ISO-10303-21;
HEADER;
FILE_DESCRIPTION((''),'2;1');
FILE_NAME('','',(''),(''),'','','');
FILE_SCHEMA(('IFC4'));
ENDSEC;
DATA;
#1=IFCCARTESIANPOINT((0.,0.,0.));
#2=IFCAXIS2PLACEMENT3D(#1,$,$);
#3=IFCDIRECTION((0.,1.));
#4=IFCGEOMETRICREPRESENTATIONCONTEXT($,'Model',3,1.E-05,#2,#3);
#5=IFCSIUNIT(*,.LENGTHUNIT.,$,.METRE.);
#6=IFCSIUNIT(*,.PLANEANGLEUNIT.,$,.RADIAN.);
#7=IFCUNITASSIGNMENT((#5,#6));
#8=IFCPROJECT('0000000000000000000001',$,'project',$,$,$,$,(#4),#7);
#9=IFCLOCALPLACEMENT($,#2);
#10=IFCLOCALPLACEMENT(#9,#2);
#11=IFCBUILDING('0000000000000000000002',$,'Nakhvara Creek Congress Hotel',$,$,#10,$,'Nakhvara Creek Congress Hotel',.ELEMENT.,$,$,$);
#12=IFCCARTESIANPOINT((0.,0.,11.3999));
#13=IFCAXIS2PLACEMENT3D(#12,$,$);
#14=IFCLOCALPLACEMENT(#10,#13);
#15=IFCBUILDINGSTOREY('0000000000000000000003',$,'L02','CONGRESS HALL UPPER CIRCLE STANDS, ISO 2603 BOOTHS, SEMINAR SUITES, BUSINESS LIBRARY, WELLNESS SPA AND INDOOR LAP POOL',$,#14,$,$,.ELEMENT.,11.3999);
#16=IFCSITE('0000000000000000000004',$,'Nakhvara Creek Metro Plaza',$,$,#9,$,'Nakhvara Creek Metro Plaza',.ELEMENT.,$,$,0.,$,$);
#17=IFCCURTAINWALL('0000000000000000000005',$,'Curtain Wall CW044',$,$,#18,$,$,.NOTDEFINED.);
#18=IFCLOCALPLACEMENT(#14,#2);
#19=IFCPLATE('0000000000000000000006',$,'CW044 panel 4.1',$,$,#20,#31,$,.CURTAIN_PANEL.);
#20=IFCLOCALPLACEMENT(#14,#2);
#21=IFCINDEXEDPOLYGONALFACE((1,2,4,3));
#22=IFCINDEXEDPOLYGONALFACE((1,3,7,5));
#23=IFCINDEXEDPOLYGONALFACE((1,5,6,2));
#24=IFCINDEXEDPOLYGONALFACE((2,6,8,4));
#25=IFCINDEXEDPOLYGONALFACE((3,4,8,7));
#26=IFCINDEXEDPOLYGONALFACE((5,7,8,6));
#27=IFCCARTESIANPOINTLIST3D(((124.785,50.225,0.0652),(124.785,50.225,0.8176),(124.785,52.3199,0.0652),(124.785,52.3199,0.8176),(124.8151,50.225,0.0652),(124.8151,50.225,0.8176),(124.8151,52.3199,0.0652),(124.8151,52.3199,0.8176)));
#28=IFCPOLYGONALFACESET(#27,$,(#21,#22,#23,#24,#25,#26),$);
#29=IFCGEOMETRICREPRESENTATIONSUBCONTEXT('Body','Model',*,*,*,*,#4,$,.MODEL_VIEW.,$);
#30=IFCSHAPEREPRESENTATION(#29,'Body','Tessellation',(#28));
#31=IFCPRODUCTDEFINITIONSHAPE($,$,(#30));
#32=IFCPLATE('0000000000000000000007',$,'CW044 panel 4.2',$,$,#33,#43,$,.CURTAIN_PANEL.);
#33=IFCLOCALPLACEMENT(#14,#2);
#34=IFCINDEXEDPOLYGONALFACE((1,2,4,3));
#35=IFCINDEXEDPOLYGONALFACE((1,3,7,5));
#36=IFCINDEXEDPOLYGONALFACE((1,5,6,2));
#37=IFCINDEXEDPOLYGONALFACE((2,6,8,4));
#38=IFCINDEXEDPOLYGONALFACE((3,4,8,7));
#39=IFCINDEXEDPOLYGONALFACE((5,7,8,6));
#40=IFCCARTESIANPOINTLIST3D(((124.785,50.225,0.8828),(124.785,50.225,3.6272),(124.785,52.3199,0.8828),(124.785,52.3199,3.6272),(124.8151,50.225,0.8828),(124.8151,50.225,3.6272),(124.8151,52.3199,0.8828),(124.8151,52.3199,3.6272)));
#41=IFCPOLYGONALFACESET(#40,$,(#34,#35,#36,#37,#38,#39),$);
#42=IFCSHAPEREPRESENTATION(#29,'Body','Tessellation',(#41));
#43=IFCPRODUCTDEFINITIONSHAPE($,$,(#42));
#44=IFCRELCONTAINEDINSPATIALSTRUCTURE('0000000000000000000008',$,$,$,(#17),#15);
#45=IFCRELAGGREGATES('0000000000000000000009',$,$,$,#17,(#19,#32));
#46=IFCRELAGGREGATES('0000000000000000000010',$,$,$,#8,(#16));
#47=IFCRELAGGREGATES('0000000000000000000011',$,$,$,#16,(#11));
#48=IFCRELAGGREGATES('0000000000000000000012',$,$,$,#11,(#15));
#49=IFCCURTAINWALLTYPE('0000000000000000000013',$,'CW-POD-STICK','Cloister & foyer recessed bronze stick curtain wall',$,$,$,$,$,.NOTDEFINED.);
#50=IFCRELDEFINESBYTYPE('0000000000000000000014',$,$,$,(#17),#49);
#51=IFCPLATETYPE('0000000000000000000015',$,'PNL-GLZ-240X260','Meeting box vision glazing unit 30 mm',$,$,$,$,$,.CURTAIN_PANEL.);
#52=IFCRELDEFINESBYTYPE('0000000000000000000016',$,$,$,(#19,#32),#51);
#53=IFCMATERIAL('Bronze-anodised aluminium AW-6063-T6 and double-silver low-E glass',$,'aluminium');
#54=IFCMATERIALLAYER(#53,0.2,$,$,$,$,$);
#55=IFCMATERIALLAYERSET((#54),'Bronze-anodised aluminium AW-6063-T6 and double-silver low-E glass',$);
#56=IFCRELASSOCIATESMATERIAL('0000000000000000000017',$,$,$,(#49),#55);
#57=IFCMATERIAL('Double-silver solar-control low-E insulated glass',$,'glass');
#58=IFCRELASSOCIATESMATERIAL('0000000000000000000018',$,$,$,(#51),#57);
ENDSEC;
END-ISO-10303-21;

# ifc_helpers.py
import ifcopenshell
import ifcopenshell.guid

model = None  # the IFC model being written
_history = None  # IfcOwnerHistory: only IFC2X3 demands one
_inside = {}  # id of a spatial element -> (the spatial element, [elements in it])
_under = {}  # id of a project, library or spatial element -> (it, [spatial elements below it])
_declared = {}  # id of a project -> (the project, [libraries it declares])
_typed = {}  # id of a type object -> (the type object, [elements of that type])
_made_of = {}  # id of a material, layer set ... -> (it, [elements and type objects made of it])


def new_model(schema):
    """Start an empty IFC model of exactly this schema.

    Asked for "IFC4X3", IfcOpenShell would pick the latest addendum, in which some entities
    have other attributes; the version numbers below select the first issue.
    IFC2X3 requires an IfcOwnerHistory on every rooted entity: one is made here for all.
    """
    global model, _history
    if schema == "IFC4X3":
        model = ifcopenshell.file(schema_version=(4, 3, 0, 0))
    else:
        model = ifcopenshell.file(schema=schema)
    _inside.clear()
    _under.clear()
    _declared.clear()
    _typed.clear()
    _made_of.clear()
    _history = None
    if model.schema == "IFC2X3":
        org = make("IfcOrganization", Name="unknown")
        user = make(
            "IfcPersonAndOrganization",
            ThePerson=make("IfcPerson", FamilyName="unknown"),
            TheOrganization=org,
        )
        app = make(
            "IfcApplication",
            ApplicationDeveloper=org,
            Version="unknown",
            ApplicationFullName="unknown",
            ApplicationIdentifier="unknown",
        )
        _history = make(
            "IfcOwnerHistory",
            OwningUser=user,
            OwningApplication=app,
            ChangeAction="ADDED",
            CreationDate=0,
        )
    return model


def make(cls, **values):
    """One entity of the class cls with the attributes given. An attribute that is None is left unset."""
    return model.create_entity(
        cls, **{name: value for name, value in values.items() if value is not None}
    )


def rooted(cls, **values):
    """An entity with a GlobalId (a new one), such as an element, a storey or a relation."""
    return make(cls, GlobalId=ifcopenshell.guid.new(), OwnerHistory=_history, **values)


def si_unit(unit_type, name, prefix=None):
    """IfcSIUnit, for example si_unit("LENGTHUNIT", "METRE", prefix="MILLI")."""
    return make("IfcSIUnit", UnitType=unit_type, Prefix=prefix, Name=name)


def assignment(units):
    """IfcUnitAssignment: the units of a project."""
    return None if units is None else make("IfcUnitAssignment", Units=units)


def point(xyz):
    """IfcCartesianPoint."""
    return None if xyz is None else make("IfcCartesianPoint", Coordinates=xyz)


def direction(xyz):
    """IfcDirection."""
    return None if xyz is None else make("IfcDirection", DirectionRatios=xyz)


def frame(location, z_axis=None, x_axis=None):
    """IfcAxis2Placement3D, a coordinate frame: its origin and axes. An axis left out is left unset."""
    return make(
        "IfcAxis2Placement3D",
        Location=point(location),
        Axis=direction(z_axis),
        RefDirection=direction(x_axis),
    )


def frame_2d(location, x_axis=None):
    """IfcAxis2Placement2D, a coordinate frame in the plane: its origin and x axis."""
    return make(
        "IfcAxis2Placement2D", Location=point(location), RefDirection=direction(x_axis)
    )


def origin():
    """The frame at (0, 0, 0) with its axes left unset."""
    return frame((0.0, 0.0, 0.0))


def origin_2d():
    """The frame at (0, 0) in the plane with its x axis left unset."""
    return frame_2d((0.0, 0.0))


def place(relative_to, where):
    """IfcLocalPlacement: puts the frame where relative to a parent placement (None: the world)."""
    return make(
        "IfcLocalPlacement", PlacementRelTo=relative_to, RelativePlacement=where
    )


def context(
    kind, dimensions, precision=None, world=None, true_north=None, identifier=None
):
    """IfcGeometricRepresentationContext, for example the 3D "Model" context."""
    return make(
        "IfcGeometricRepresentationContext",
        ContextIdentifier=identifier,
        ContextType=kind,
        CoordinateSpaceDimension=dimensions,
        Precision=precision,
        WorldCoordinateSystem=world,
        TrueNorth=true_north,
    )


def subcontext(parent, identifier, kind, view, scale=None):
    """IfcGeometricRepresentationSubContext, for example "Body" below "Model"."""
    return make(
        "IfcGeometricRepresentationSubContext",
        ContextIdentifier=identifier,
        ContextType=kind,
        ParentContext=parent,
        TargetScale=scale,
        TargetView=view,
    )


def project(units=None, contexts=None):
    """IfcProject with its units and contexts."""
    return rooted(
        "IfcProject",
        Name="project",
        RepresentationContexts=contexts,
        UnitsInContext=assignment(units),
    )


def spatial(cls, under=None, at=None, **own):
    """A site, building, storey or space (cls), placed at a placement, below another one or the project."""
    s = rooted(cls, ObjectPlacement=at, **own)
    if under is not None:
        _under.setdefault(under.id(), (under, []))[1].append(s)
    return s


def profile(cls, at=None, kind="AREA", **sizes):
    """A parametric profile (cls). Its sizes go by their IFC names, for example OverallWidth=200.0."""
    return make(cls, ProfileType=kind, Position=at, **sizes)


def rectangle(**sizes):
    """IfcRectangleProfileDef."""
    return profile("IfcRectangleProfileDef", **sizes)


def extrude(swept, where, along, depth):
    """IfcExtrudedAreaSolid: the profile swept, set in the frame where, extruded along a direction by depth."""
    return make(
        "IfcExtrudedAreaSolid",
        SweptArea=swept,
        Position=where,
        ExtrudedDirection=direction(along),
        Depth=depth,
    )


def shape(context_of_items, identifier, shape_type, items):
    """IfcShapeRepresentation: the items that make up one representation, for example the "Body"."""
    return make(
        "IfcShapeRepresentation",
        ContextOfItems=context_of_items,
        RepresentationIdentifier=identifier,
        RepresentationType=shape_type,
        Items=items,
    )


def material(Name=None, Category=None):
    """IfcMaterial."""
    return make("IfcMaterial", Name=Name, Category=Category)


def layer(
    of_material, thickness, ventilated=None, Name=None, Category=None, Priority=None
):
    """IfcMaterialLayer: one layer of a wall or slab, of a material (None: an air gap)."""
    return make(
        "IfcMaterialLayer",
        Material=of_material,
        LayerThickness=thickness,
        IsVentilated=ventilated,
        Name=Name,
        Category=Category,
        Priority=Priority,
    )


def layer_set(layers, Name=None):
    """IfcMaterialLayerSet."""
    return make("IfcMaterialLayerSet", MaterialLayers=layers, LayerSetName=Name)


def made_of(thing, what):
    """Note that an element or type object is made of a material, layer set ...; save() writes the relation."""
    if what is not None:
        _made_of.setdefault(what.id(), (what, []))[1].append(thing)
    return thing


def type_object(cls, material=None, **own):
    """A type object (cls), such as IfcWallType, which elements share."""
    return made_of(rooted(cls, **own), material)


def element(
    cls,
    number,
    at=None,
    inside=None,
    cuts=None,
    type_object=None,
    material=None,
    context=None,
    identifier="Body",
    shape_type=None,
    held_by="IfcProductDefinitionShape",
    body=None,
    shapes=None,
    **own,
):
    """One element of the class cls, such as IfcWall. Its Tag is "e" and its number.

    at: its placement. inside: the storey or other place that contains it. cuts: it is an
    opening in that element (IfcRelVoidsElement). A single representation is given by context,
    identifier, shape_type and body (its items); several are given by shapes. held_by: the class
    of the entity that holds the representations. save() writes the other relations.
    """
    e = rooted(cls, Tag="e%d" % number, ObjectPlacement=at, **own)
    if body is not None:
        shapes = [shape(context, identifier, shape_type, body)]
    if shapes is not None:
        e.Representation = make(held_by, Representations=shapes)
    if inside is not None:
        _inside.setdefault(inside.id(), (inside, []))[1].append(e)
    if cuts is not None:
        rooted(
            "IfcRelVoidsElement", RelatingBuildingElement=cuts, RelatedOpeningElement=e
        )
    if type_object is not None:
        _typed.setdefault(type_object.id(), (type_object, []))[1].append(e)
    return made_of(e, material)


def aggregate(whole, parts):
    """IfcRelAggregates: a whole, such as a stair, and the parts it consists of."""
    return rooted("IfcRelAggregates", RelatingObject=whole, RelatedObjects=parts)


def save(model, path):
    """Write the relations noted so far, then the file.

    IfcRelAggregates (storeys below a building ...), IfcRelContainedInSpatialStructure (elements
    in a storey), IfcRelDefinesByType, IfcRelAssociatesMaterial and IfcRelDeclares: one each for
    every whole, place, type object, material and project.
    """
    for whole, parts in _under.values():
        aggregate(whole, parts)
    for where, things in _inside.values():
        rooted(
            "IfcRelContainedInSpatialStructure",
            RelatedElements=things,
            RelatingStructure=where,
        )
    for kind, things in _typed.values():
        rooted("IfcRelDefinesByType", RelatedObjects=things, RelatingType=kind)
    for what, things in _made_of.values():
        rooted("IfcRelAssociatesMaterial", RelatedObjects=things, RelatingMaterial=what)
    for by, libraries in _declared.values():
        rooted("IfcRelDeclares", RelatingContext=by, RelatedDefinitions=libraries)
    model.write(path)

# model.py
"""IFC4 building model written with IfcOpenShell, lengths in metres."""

from ifc_helpers import new_model, si_unit, direction, frame, origin, origin_2d, place, context, subcontext, project, spatial, rectangle, extrude, material, layer, layer_set, type_object, element, aggregate, save


model = new_model("IFC4")

# Units and contexts
model_context = context("Model", 3, precision=1e-05, world=origin(), true_north=direction((0.0, 1.0)))
body_context = subcontext(model_context, "Body", "Model", "MODEL_VIEW")
ifc_project = project(units=[si_unit("LENGTHUNIT", "METRE"), si_unit("PLANEANGLEUNIT", "RADIAN")], contexts=[model_context])

# Site, building, storey
site_placement = place(None, origin())
site = spatial("IfcSite", under=ifc_project, at=site_placement, Name="Nakhvara Creek Metro Plaza", LongName="Nakhvara Creek Metro Plaza", CompositionType="ELEMENT", RefElevation=0.0)
building_placement = place(site_placement, origin())
building = spatial("IfcBuilding", under=site, at=building_placement, Name="Nakhvara Creek Congress Hotel", LongName="Nakhvara Creek Congress Hotel", CompositionType="ELEMENT")
storey_placement = place(building_placement, frame((0.0, 0.0, 11.3999)))
storey = spatial("IfcBuildingStorey", under=building, at=storey_placement, Name="L02", Description="CONGRESS HALL UPPER CIRCLE STANDS, ISO 2603 BOOTHS, SEMINAR SUITES, BUSINESS LIBRARY, WELLNESS SPA AND INDOOR LAP POOL", CompositionType="ELEMENT", Elevation=11.3999)

# Curtain wall
ifc_material_1 = material(Name="Bronze-anodised aluminium AW-6063-T6 and double-silver low-E glass", Category="aluminium")
ifc_layer = layer(ifc_material_1, 0.2)
ifc_layer_set = layer_set([ifc_layer], Name="Bronze-anodised aluminium AW-6063-T6 and double-silver low-E glass")
curtain_wall_type = type_object("IfcCurtainWallType", Name="CW-POD-STICK", Description="Cloister & foyer recessed bronze stick curtain wall", PredefinedType="NOTDEFINED", material=ifc_layer_set)
curtain_wall_1_placement = place(storey_placement, origin())
curtain_wall_1 = element("IfcCurtainWall", 1, at=curtain_wall_1_placement, inside=storey, type_object=curtain_wall_type, Name="Curtain Wall CW044", PredefinedType="NOTDEFINED")

# Plates
ifc_material_2 = material(Name="Double-silver solar-control low-E insulated glass", Category="glass")
plate_type = type_object("IfcPlateType", Name="PNL-GLZ-240X260", Description="Meeting box vision glazing unit 30 mm", PredefinedType="CURTAIN_PANEL", material=ifc_material_2)
plate_1_placement = place(storey_placement, frame((124.8, 51.2725, 0.0652), z_axis=(0.0, 0.0, 1.0), x_axis=(0.0, 1.0, 0.0)))
plate_1 = element("IfcPlate", 2, at=plate_1_placement, type_object=plate_type, Name="CW044 panel 4.1", PredefinedType="CURTAIN_PANEL", context=body_context, shape_type="SweptSolid", body=[
    extrude(rectangle(XDim=2.095, YDim=0.03, at=origin_2d()), origin(), (0.0, 0.0, 1.0), 0.7524),
])
plate_2_placement = place(storey_placement, frame((124.8, 51.2725, 0.8828), z_axis=(0.0, 0.0, 1.0), x_axis=(0.0, 1.0, 0.0)))
plate_2 = element("IfcPlate", 3, at=plate_2_placement, type_object=plate_type, Name="CW044 panel 4.2", PredefinedType="CURTAIN_PANEL", context=body_context, shape_type="SweptSolid", body=[
    extrude(rectangle(XDim=2.095, YDim=0.03, at=origin_2d()), origin(), (0.0, 0.0, 1.0), 2.7444),
])
aggregate(curtain_wall_1, [plate_1, plate_2])

save(model, "model.ifc")
